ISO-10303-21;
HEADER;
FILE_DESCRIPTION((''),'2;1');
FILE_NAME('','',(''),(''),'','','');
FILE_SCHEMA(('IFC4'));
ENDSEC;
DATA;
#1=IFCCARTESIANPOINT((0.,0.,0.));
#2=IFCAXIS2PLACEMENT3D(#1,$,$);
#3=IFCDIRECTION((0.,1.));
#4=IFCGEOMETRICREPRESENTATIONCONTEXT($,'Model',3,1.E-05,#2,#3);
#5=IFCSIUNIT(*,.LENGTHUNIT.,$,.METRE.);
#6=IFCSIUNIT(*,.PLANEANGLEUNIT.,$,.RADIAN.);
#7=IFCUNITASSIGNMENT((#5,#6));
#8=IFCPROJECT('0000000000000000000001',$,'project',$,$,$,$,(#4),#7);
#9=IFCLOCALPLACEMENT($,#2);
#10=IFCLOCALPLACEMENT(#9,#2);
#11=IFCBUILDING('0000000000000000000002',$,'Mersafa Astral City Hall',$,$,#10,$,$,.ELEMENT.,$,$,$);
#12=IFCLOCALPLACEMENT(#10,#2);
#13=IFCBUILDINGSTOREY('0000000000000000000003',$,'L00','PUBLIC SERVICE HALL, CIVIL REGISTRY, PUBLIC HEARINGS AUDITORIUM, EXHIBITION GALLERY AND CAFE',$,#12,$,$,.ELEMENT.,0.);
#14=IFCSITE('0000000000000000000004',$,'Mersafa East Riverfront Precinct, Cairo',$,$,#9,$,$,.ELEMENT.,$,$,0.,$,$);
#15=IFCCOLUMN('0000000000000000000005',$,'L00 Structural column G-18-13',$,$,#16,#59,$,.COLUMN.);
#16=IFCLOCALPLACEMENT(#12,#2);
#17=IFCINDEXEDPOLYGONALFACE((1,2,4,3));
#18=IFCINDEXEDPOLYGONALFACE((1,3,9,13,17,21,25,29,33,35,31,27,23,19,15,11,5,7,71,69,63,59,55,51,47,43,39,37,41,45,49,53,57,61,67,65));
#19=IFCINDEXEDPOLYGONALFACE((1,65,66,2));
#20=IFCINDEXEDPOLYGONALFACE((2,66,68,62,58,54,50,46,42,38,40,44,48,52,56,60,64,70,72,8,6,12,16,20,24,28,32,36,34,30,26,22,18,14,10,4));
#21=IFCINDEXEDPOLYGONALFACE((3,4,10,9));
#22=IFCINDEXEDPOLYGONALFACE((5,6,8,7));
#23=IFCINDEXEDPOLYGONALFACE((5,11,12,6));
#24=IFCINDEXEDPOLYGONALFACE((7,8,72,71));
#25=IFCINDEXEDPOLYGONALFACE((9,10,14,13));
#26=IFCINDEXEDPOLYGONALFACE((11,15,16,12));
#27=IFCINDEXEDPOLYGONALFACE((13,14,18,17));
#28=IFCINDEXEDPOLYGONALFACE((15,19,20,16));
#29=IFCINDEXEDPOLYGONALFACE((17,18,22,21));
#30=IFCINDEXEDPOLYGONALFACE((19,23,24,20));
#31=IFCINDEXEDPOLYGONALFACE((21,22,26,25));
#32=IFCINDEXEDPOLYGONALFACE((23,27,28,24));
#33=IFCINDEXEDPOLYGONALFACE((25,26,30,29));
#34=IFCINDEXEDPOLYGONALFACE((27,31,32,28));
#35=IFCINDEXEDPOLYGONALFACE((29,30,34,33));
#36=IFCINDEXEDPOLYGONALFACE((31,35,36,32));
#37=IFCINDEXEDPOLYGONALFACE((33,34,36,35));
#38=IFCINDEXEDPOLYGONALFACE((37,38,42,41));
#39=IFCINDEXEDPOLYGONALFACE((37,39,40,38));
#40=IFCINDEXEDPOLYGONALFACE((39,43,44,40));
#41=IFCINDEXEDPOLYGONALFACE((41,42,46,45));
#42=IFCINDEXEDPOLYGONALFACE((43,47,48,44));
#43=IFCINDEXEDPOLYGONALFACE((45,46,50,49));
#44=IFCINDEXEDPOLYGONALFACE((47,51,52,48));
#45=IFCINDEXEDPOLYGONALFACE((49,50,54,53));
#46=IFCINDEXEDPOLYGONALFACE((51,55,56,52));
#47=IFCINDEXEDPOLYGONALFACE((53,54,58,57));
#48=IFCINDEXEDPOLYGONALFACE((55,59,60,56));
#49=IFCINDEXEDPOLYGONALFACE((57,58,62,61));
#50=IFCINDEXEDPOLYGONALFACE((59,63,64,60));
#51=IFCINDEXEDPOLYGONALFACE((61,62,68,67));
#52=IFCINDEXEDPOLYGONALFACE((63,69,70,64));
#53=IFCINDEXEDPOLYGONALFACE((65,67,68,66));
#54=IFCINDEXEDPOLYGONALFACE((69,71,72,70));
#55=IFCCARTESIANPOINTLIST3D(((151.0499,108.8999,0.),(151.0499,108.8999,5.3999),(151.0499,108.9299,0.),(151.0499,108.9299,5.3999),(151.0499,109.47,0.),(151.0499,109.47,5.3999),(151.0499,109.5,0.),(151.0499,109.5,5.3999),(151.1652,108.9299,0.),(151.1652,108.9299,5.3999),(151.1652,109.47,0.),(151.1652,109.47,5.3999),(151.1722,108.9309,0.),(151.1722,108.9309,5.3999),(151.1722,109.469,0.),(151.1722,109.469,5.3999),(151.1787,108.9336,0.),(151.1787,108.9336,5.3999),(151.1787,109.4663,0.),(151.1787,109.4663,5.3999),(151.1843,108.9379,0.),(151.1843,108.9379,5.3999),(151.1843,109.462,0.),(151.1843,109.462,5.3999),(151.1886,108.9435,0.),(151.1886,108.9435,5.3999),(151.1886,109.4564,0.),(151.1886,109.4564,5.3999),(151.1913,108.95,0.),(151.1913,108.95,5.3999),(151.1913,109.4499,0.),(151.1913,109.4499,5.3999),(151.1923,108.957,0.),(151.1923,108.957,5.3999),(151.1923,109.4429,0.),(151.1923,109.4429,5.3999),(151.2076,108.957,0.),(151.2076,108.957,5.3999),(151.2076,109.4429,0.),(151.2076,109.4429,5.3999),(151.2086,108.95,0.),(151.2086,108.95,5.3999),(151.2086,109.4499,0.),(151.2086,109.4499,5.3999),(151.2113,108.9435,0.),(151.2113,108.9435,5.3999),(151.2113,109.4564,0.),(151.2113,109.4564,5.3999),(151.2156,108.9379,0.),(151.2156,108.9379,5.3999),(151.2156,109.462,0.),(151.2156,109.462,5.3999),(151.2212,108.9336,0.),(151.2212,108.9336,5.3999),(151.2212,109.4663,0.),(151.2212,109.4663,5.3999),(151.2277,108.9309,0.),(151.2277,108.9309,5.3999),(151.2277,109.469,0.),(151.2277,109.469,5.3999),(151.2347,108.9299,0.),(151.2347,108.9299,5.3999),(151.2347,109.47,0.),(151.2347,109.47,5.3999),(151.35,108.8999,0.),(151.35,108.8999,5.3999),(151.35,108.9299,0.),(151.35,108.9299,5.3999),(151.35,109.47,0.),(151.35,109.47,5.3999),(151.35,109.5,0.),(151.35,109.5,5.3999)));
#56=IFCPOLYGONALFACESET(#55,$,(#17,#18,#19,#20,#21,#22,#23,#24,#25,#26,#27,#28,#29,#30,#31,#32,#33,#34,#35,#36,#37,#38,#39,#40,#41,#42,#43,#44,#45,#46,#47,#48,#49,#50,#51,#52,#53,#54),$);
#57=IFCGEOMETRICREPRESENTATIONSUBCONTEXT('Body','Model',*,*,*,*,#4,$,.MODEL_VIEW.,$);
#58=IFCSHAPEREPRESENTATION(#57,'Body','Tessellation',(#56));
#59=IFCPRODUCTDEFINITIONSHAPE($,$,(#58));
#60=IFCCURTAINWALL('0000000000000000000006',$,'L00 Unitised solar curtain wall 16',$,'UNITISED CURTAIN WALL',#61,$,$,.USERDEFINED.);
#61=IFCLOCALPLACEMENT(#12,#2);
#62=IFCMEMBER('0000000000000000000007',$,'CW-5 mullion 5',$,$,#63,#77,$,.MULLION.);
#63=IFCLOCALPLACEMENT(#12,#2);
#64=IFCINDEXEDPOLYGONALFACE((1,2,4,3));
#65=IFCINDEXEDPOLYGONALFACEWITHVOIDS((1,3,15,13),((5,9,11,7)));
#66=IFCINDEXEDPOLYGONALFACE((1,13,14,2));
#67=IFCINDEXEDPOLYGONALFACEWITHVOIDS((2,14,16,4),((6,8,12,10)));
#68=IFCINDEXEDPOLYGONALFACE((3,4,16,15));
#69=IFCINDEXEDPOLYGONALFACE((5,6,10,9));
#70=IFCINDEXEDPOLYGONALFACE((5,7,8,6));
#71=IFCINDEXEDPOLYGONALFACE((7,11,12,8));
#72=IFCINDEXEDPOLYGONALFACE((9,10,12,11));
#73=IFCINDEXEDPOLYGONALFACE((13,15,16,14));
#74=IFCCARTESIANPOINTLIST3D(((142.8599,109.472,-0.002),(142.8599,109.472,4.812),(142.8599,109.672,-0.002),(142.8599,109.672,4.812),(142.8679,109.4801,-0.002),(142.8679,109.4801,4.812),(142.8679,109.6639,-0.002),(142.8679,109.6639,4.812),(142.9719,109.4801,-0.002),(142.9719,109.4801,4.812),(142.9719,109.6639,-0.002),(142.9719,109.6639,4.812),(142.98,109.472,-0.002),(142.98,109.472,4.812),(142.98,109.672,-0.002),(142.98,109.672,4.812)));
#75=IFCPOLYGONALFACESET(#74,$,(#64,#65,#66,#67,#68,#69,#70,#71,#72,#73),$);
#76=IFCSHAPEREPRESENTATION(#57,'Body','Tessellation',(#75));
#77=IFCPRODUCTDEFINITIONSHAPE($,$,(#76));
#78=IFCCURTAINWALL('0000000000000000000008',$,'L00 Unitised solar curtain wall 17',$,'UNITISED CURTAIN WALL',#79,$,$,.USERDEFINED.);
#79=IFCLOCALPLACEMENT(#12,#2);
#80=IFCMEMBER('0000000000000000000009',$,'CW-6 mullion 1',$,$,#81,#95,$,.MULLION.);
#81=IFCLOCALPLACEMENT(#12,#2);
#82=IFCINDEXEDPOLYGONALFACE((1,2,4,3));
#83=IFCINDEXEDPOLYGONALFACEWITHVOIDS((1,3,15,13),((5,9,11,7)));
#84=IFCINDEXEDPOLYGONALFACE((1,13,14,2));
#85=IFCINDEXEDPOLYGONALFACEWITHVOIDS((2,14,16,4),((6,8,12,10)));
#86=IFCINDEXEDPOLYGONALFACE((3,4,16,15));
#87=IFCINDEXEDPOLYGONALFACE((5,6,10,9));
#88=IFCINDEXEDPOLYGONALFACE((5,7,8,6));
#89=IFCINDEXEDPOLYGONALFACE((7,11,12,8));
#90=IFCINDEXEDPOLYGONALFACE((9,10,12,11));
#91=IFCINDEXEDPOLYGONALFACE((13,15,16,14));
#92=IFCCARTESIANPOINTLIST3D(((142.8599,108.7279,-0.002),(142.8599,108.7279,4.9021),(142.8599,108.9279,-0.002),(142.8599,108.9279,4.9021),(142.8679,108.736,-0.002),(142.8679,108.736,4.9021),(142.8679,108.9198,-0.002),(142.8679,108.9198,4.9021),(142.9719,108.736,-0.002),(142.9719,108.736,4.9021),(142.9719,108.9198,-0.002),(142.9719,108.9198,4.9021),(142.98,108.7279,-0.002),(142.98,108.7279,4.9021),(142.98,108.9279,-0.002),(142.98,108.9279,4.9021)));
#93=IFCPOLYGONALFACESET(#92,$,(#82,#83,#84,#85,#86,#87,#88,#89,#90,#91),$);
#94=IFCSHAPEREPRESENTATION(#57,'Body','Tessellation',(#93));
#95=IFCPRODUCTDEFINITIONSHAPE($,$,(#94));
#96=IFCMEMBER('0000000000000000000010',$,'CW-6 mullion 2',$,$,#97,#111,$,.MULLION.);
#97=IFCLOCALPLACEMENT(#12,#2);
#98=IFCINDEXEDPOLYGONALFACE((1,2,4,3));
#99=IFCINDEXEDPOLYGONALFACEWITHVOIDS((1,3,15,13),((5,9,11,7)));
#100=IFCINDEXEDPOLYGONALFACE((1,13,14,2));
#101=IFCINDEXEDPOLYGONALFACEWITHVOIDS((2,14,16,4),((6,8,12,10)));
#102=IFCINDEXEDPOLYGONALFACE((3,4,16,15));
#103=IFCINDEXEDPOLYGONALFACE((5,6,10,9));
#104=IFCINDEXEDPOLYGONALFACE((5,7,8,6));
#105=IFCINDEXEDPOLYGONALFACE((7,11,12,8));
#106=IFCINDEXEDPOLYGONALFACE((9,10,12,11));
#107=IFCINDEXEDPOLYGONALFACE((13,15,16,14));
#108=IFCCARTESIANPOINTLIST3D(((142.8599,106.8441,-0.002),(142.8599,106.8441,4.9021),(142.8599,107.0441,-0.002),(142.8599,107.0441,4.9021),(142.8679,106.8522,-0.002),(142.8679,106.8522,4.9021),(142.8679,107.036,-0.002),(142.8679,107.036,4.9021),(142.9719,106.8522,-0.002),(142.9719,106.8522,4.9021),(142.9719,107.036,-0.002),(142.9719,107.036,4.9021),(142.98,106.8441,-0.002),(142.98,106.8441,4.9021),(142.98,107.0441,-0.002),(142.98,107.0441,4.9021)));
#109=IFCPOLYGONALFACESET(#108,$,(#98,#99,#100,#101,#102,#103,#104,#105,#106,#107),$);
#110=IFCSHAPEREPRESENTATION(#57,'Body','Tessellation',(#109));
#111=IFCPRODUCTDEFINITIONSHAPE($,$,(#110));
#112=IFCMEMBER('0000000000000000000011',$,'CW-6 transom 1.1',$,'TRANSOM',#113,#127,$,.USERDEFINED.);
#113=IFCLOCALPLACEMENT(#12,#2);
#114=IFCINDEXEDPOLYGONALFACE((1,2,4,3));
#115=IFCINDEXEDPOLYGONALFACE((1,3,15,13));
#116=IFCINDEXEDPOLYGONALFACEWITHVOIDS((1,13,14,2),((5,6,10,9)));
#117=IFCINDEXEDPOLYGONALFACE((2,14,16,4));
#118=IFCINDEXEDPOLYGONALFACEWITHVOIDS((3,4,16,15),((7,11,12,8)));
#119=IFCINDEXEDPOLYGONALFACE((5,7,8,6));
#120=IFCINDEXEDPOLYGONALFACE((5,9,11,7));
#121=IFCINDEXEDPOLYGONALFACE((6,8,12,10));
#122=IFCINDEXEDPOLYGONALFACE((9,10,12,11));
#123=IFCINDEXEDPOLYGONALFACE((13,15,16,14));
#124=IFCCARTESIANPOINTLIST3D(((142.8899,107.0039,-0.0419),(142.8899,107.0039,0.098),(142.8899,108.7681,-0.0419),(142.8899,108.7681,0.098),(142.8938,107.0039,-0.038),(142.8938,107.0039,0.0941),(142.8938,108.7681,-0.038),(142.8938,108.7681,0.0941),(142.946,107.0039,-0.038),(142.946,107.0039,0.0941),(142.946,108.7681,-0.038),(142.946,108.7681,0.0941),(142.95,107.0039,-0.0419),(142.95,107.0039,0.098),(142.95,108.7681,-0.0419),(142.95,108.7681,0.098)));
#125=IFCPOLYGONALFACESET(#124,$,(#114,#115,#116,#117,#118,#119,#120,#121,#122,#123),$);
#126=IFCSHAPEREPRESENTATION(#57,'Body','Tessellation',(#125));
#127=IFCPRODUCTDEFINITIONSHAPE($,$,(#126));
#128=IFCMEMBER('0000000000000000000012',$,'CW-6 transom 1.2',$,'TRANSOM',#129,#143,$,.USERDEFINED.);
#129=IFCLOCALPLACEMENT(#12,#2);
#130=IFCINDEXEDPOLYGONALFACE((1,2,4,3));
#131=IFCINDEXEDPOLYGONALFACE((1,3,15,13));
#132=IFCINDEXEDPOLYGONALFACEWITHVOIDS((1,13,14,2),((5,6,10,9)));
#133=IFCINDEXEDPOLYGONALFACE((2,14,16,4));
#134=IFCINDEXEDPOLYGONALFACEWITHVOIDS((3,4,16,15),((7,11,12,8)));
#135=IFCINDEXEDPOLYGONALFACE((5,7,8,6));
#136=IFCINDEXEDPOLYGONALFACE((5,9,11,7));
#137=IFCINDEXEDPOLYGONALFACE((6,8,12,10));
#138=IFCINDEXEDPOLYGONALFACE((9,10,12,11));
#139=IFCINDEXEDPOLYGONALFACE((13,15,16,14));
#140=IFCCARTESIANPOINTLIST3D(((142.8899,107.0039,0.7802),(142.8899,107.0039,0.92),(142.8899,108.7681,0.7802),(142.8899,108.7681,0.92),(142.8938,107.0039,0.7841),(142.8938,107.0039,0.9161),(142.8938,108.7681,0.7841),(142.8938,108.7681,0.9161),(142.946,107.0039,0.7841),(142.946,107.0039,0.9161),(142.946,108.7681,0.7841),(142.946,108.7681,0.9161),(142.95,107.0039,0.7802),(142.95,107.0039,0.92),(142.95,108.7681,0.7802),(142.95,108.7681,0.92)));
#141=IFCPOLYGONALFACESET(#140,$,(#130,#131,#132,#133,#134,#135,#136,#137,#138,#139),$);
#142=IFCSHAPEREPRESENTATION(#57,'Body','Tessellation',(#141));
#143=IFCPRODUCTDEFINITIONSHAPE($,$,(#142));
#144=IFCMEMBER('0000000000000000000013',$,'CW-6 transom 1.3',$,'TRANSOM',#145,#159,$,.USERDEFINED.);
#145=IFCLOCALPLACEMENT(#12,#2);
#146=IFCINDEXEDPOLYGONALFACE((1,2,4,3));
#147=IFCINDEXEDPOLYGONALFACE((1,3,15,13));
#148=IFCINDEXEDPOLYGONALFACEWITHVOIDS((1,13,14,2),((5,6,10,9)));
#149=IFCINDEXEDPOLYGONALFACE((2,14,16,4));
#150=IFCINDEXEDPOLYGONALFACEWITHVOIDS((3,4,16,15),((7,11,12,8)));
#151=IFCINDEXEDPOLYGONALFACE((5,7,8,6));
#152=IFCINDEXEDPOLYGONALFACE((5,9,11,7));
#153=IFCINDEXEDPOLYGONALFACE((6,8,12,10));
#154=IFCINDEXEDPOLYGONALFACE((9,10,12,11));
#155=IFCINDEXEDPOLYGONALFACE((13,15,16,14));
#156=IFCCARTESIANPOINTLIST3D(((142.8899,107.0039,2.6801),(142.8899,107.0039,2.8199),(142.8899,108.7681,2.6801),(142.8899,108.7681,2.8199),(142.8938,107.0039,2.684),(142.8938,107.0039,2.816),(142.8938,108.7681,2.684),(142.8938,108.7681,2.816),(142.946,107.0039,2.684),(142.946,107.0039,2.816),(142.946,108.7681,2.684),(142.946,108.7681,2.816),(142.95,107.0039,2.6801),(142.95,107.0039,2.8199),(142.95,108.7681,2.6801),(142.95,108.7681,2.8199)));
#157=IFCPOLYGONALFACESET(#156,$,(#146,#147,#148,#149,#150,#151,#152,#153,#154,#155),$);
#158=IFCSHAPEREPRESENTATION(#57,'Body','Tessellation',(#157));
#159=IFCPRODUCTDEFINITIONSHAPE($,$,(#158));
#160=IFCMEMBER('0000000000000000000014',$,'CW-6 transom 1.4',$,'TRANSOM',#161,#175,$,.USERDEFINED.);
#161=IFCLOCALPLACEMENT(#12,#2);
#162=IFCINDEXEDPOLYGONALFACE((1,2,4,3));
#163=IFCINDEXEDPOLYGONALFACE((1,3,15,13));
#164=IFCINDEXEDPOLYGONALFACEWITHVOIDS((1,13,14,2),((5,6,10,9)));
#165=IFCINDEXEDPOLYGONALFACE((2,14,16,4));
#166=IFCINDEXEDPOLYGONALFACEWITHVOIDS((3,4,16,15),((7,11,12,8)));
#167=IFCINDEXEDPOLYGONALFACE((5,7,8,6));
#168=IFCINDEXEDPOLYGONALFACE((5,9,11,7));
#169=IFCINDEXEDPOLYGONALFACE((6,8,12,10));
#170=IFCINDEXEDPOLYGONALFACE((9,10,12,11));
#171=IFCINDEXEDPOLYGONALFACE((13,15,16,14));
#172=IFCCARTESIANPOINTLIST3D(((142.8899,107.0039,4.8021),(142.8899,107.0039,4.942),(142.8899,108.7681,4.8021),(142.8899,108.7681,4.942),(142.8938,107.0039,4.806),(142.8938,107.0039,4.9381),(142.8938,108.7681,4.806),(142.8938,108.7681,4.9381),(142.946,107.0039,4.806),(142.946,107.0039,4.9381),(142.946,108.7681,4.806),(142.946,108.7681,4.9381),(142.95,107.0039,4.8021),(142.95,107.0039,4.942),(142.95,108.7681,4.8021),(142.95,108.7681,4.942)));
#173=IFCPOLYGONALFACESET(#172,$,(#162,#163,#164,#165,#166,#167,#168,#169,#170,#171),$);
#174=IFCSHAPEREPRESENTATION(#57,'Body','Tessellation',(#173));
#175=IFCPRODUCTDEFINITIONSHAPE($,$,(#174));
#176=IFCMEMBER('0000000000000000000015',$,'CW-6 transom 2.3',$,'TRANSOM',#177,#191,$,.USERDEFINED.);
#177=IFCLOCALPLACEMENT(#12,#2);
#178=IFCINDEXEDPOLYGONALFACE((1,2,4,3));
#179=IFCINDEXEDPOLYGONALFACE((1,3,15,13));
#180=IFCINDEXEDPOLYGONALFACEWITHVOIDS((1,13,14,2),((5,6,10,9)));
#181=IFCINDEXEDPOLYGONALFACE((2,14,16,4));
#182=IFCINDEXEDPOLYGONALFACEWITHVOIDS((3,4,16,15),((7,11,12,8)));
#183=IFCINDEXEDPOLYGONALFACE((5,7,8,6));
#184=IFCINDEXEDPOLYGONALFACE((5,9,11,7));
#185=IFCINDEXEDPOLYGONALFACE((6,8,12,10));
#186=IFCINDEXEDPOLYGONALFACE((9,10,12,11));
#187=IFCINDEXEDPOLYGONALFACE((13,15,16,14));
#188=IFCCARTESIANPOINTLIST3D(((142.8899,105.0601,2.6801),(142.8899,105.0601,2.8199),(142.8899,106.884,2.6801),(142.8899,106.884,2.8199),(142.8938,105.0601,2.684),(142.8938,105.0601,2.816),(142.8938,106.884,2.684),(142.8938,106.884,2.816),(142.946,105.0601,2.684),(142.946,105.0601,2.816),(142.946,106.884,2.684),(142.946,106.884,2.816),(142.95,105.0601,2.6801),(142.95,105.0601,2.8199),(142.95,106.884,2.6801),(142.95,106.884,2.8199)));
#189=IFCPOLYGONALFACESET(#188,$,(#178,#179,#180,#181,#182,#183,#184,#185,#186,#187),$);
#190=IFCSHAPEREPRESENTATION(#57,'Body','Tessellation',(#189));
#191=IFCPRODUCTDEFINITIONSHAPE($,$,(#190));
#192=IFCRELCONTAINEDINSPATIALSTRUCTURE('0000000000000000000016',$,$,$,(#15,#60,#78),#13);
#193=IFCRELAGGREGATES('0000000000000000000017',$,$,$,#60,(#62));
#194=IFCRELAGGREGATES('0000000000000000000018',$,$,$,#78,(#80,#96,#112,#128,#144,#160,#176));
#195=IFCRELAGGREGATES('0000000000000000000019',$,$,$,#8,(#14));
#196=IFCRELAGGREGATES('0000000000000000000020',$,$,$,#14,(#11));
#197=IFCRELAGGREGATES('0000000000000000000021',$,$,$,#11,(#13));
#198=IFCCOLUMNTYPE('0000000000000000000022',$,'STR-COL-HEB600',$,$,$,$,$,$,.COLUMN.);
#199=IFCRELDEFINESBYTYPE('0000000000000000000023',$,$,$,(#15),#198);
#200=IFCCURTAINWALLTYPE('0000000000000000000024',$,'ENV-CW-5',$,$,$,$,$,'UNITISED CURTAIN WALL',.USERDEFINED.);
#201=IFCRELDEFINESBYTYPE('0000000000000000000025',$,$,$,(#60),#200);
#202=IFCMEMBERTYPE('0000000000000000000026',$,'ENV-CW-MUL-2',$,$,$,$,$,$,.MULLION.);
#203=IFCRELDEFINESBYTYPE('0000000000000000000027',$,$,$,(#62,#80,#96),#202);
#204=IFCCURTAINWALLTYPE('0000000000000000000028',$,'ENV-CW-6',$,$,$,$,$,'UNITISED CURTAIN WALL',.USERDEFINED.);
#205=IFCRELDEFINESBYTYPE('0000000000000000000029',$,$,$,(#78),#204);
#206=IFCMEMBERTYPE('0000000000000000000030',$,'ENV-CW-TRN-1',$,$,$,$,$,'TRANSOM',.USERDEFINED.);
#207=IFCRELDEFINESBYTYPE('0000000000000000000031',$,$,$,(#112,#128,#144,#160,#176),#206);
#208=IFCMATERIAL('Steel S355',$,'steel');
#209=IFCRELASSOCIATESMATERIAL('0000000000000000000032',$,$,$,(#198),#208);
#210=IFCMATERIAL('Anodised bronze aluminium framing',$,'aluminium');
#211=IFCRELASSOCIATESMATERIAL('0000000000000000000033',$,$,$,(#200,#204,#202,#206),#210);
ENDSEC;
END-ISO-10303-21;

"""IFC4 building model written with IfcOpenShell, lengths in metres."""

from ifc_helpers import new_model, si_unit, direction, frame, origin, origin_2d, place, context, subcontext, project, spatial, hollow_rectangle, i_section, extrude, material, material_profile, profile_set, type_object, element, aggregate, save


model = new_model("IFC4")

# Units and contexts
model_context = context("Model", 3, precision=1e-05, world=origin(), true_north=direction((0.0, 1.0)))
body_context = subcontext(model_context, "Body", "Model", "MODEL_VIEW")
ifc_project = project(units=[si_unit("LENGTHUNIT", "METRE"), si_unit("PLANEANGLEUNIT", "RADIAN")], contexts=[model_context])

# Site, building, storey
site_placement = place(None, origin())
site = spatial("IfcSite", under=ifc_project, at=site_placement, Name="Mersafa East Riverfront Precinct, Cairo", CompositionType="ELEMENT", RefElevation=0.0)
building_placement = place(site_placement, origin())
building = spatial("IfcBuilding", under=site, at=building_placement, Name="Mersafa Astral City Hall", CompositionType="ELEMENT")
storey_placement = place(building_placement, origin())
storey = spatial("IfcBuildingStorey", under=building, at=storey_placement, Name="L00", Description="PUBLIC SERVICE HALL, CIVIL REGISTRY, PUBLIC HEARINGS AUDITORIUM, EXHIBITION GALLERY AND CAFE", CompositionType="ELEMENT", Elevation=0.0)

# Column
ifc_material_1 = material(Name="Steel S355", Category="steel")
ifc_material_profile_1 = material_profile(ifc_material_1, i_section(OverallWidth=0.3, OverallDepth=0.6001, WebThickness=0.0154, FlangeThickness=0.03, FilletRadius=0.0271, at=origin_2d()), Name="HEB 600")
ifc_profile_set_1 = profile_set([ifc_material_profile_1], Name="Steel S355")
column_type = type_object("IfcColumnType", Name="STR-COL-HEB600", PredefinedType="COLUMN", material=ifc_profile_set_1)
column_placement = place(storey_placement, frame((151.2, 109.2, 0.0), z_axis=(0.0, 0.0, 1.0), x_axis=(1.0, 0.0, 0.0)))
element("IfcColumn", 1, at=column_placement, inside=storey, type_object=column_type, Name="L00 Structural column G-18-13", PredefinedType="COLUMN", context=body_context, shape_type="SweptSolid", body=[
    extrude(i_section(OverallWidth=0.3, OverallDepth=0.6001, WebThickness=0.0154, FlangeThickness=0.03, FilletRadius=0.0271, at=origin_2d()), origin(), (0.0, 0.0, 1.0), 5.3999),
])

# Curtain wall, member
ifc_material_2 = material(Name="Anodised bronze aluminium framing", Category="aluminium")
curtain_wall_type_1 = type_object("IfcCurtainWallType", Name="ENV-CW-5", ElementType="UNITISED CURTAIN WALL", PredefinedType="USERDEFINED", material=ifc_material_2)
curtain_wall_1_placement = place(storey_placement, origin())
curtain_wall_1 = element("IfcCurtainWall", 2, at=curtain_wall_1_placement, inside=storey, type_object=curtain_wall_type_1, Name="L00 Unitised solar curtain wall 16", ObjectType="UNITISED CURTAIN WALL", PredefinedType="USERDEFINED")
ifc_material_profile_2 = material_profile(ifc_material_2, hollow_rectangle(XDim=0.1201, YDim=0.2, WallThickness=0.0081, at=origin_2d()), Name="RHS 120x200x8")
ifc_profile_set_2 = profile_set([ifc_material_profile_2], Name="Anodised bronze aluminium framing")
member_type_1 = type_object("IfcMemberType", Name="ENV-CW-MUL-2", PredefinedType="MULLION", material=ifc_profile_set_2)
member_1_placement = place(storey_placement, frame((142.9199, 109.572, -0.002), z_axis=(0.0, 0.0, 1.0), x_axis=(1.0, 0.0, 0.0)))
member_1 = element("IfcMember", 3, at=member_1_placement, type_object=member_type_1, Name="CW-5 mullion 5", PredefinedType="MULLION", context=body_context, shape_type="SweptSolid", body=[
    extrude(hollow_rectangle(XDim=0.1201, YDim=0.2, WallThickness=0.0081, at=origin_2d()), origin(), (0.0, 0.0, 1.0), 4.814),
])
aggregate(curtain_wall_1, [member_1])

# Curtain wall, members
curtain_wall_type_2 = type_object("IfcCurtainWallType", Name="ENV-CW-6", ElementType="UNITISED CURTAIN WALL", PredefinedType="USERDEFINED", material=ifc_material_2)
curtain_wall_2_placement = place(storey_placement, origin())
curtain_wall_2 = element("IfcCurtainWall", 4, at=curtain_wall_2_placement, inside=storey, type_object=curtain_wall_type_2, Name="L00 Unitised solar curtain wall 17", ObjectType="UNITISED CURTAIN WALL", PredefinedType="USERDEFINED")
member_2_placement = place(storey_placement, frame((142.9199, 108.8279, -0.002), z_axis=(0.0, 0.0, 1.0), x_axis=(1.0, 0.0, 0.0)))
member_2 = element("IfcMember", 5, at=member_2_placement, type_object=member_type_1, Name="CW-6 mullion 1", PredefinedType="MULLION", context=body_context, shape_type="SweptSolid", body=[
    extrude(hollow_rectangle(XDim=0.1201, YDim=0.2, WallThickness=0.0081, at=origin_2d()), origin(), (0.0, 0.0, 1.0), 4.9041),
])
member_3_placement = place(storey_placement, frame((142.9199, 106.9441, -0.002), z_axis=(0.0, 0.0, 1.0), x_axis=(1.0, 0.0, 0.0)))
member_3 = element("IfcMember", 6, at=member_3_placement, type_object=member_type_1, Name="CW-6 mullion 2", PredefinedType="MULLION", context=body_context, shape_type="SweptSolid", body=[
    extrude(hollow_rectangle(XDim=0.1201, YDim=0.2, WallThickness=0.0081, at=origin_2d()), origin(), (0.0, 0.0, 1.0), 4.9041),
])
ifc_material_profile_3 = material_profile(ifc_material_2, hollow_rectangle(XDim=0.0601, YDim=0.1399, WallThickness=0.0039, at=origin_2d()), Name="RHS 60x140x4")
ifc_profile_set_3 = profile_set([ifc_material_profile_3], Name="Anodised bronze aluminium framing")
member_type_2 = type_object("IfcMemberType", Name="ENV-CW-TRN-1", ElementType="TRANSOM", PredefinedType="USERDEFINED", material=ifc_profile_set_3)
member_4_placement = place(storey_placement, frame((142.9199, 108.7681, 0.0281), z_axis=(0.0, -1.0, 0.0), x_axis=(1.0, 0.0, 0.0)))
member_4 = element("IfcMember", 7, at=member_4_placement, type_object=member_type_2, Name="CW-6 transom 1.1", ObjectType="TRANSOM", PredefinedType="USERDEFINED", context=body_context, shape_type="SweptSolid", body=[
    extrude(hollow_rectangle(XDim=0.0601, YDim=0.1399, WallThickness=0.0039, at=origin_2d()), origin(), (0.0, 0.0, 1.0), 1.7642),
])
member_5_placement = place(storey_placement, frame((142.9199, 108.7681, 0.8501), z_axis=(0.0, -1.0, 0.0), x_axis=(1.0, 0.0, 0.0)))
member_5 = element("IfcMember", 8, at=member_5_placement, type_object=member_type_2, Name="CW-6 transom 1.2", ObjectType="TRANSOM", PredefinedType="USERDEFINED", context=body_context, shape_type="SweptSolid", body=[
    extrude(hollow_rectangle(XDim=0.0601, YDim=0.1399, WallThickness=0.0039, at=origin_2d()), origin(), (0.0, 0.0, 1.0), 1.7642),
])
member_6_placement = place(storey_placement, frame((142.9199, 108.7681, 2.75), z_axis=(0.0, -1.0, 0.0), x_axis=(1.0, 0.0, 0.0)))
member_6 = element("IfcMember", 9, at=member_6_placement, type_object=member_type_2, Name="CW-6 transom 1.3", ObjectType="TRANSOM", PredefinedType="USERDEFINED", context=body_context, shape_type="SweptSolid", body=[
    extrude(hollow_rectangle(XDim=0.0601, YDim=0.1399, WallThickness=0.0039, at=origin_2d()), origin(), (0.0, 0.0, 1.0), 1.7642),
])
member_7_placement = place(storey_placement, frame((142.9199, 108.7681, 4.8721), z_axis=(0.0, -1.0, 0.0), x_axis=(1.0, 0.0, 0.0)))
member_7 = element("IfcMember", 10, at=member_7_placement, type_object=member_type_2, Name="CW-6 transom 1.4", ObjectType="TRANSOM", PredefinedType="USERDEFINED", context=body_context, shape_type="SweptSolid", body=[
    extrude(hollow_rectangle(XDim=0.0601, YDim=0.1399, WallThickness=0.0039, at=origin_2d()), origin(), (0.0, 0.0, 1.0), 1.7642),
])
member_8_placement = place(storey_placement, frame((142.9199, 106.884, 2.75), z_axis=(0.0, -1.0, 0.0), x_axis=(1.0, 0.0, 0.0)))
member_8 = element("IfcMember", 11, at=member_8_placement, type_object=member_type_2, Name="CW-6 transom 2.3", ObjectType="TRANSOM", PredefinedType="USERDEFINED", context=body_context, shape_type="SweptSolid", body=[
    extrude(hollow_rectangle(XDim=0.0601, YDim=0.1399, WallThickness=0.0039, at=origin_2d()), origin(), (0.0, 0.0, 1.0), 1.824),
])

aggregate(curtain_wall_2, [member_2, member_3, member_4, member_5, member_6, member_7, member_8])

save(model, "model.ifc")
